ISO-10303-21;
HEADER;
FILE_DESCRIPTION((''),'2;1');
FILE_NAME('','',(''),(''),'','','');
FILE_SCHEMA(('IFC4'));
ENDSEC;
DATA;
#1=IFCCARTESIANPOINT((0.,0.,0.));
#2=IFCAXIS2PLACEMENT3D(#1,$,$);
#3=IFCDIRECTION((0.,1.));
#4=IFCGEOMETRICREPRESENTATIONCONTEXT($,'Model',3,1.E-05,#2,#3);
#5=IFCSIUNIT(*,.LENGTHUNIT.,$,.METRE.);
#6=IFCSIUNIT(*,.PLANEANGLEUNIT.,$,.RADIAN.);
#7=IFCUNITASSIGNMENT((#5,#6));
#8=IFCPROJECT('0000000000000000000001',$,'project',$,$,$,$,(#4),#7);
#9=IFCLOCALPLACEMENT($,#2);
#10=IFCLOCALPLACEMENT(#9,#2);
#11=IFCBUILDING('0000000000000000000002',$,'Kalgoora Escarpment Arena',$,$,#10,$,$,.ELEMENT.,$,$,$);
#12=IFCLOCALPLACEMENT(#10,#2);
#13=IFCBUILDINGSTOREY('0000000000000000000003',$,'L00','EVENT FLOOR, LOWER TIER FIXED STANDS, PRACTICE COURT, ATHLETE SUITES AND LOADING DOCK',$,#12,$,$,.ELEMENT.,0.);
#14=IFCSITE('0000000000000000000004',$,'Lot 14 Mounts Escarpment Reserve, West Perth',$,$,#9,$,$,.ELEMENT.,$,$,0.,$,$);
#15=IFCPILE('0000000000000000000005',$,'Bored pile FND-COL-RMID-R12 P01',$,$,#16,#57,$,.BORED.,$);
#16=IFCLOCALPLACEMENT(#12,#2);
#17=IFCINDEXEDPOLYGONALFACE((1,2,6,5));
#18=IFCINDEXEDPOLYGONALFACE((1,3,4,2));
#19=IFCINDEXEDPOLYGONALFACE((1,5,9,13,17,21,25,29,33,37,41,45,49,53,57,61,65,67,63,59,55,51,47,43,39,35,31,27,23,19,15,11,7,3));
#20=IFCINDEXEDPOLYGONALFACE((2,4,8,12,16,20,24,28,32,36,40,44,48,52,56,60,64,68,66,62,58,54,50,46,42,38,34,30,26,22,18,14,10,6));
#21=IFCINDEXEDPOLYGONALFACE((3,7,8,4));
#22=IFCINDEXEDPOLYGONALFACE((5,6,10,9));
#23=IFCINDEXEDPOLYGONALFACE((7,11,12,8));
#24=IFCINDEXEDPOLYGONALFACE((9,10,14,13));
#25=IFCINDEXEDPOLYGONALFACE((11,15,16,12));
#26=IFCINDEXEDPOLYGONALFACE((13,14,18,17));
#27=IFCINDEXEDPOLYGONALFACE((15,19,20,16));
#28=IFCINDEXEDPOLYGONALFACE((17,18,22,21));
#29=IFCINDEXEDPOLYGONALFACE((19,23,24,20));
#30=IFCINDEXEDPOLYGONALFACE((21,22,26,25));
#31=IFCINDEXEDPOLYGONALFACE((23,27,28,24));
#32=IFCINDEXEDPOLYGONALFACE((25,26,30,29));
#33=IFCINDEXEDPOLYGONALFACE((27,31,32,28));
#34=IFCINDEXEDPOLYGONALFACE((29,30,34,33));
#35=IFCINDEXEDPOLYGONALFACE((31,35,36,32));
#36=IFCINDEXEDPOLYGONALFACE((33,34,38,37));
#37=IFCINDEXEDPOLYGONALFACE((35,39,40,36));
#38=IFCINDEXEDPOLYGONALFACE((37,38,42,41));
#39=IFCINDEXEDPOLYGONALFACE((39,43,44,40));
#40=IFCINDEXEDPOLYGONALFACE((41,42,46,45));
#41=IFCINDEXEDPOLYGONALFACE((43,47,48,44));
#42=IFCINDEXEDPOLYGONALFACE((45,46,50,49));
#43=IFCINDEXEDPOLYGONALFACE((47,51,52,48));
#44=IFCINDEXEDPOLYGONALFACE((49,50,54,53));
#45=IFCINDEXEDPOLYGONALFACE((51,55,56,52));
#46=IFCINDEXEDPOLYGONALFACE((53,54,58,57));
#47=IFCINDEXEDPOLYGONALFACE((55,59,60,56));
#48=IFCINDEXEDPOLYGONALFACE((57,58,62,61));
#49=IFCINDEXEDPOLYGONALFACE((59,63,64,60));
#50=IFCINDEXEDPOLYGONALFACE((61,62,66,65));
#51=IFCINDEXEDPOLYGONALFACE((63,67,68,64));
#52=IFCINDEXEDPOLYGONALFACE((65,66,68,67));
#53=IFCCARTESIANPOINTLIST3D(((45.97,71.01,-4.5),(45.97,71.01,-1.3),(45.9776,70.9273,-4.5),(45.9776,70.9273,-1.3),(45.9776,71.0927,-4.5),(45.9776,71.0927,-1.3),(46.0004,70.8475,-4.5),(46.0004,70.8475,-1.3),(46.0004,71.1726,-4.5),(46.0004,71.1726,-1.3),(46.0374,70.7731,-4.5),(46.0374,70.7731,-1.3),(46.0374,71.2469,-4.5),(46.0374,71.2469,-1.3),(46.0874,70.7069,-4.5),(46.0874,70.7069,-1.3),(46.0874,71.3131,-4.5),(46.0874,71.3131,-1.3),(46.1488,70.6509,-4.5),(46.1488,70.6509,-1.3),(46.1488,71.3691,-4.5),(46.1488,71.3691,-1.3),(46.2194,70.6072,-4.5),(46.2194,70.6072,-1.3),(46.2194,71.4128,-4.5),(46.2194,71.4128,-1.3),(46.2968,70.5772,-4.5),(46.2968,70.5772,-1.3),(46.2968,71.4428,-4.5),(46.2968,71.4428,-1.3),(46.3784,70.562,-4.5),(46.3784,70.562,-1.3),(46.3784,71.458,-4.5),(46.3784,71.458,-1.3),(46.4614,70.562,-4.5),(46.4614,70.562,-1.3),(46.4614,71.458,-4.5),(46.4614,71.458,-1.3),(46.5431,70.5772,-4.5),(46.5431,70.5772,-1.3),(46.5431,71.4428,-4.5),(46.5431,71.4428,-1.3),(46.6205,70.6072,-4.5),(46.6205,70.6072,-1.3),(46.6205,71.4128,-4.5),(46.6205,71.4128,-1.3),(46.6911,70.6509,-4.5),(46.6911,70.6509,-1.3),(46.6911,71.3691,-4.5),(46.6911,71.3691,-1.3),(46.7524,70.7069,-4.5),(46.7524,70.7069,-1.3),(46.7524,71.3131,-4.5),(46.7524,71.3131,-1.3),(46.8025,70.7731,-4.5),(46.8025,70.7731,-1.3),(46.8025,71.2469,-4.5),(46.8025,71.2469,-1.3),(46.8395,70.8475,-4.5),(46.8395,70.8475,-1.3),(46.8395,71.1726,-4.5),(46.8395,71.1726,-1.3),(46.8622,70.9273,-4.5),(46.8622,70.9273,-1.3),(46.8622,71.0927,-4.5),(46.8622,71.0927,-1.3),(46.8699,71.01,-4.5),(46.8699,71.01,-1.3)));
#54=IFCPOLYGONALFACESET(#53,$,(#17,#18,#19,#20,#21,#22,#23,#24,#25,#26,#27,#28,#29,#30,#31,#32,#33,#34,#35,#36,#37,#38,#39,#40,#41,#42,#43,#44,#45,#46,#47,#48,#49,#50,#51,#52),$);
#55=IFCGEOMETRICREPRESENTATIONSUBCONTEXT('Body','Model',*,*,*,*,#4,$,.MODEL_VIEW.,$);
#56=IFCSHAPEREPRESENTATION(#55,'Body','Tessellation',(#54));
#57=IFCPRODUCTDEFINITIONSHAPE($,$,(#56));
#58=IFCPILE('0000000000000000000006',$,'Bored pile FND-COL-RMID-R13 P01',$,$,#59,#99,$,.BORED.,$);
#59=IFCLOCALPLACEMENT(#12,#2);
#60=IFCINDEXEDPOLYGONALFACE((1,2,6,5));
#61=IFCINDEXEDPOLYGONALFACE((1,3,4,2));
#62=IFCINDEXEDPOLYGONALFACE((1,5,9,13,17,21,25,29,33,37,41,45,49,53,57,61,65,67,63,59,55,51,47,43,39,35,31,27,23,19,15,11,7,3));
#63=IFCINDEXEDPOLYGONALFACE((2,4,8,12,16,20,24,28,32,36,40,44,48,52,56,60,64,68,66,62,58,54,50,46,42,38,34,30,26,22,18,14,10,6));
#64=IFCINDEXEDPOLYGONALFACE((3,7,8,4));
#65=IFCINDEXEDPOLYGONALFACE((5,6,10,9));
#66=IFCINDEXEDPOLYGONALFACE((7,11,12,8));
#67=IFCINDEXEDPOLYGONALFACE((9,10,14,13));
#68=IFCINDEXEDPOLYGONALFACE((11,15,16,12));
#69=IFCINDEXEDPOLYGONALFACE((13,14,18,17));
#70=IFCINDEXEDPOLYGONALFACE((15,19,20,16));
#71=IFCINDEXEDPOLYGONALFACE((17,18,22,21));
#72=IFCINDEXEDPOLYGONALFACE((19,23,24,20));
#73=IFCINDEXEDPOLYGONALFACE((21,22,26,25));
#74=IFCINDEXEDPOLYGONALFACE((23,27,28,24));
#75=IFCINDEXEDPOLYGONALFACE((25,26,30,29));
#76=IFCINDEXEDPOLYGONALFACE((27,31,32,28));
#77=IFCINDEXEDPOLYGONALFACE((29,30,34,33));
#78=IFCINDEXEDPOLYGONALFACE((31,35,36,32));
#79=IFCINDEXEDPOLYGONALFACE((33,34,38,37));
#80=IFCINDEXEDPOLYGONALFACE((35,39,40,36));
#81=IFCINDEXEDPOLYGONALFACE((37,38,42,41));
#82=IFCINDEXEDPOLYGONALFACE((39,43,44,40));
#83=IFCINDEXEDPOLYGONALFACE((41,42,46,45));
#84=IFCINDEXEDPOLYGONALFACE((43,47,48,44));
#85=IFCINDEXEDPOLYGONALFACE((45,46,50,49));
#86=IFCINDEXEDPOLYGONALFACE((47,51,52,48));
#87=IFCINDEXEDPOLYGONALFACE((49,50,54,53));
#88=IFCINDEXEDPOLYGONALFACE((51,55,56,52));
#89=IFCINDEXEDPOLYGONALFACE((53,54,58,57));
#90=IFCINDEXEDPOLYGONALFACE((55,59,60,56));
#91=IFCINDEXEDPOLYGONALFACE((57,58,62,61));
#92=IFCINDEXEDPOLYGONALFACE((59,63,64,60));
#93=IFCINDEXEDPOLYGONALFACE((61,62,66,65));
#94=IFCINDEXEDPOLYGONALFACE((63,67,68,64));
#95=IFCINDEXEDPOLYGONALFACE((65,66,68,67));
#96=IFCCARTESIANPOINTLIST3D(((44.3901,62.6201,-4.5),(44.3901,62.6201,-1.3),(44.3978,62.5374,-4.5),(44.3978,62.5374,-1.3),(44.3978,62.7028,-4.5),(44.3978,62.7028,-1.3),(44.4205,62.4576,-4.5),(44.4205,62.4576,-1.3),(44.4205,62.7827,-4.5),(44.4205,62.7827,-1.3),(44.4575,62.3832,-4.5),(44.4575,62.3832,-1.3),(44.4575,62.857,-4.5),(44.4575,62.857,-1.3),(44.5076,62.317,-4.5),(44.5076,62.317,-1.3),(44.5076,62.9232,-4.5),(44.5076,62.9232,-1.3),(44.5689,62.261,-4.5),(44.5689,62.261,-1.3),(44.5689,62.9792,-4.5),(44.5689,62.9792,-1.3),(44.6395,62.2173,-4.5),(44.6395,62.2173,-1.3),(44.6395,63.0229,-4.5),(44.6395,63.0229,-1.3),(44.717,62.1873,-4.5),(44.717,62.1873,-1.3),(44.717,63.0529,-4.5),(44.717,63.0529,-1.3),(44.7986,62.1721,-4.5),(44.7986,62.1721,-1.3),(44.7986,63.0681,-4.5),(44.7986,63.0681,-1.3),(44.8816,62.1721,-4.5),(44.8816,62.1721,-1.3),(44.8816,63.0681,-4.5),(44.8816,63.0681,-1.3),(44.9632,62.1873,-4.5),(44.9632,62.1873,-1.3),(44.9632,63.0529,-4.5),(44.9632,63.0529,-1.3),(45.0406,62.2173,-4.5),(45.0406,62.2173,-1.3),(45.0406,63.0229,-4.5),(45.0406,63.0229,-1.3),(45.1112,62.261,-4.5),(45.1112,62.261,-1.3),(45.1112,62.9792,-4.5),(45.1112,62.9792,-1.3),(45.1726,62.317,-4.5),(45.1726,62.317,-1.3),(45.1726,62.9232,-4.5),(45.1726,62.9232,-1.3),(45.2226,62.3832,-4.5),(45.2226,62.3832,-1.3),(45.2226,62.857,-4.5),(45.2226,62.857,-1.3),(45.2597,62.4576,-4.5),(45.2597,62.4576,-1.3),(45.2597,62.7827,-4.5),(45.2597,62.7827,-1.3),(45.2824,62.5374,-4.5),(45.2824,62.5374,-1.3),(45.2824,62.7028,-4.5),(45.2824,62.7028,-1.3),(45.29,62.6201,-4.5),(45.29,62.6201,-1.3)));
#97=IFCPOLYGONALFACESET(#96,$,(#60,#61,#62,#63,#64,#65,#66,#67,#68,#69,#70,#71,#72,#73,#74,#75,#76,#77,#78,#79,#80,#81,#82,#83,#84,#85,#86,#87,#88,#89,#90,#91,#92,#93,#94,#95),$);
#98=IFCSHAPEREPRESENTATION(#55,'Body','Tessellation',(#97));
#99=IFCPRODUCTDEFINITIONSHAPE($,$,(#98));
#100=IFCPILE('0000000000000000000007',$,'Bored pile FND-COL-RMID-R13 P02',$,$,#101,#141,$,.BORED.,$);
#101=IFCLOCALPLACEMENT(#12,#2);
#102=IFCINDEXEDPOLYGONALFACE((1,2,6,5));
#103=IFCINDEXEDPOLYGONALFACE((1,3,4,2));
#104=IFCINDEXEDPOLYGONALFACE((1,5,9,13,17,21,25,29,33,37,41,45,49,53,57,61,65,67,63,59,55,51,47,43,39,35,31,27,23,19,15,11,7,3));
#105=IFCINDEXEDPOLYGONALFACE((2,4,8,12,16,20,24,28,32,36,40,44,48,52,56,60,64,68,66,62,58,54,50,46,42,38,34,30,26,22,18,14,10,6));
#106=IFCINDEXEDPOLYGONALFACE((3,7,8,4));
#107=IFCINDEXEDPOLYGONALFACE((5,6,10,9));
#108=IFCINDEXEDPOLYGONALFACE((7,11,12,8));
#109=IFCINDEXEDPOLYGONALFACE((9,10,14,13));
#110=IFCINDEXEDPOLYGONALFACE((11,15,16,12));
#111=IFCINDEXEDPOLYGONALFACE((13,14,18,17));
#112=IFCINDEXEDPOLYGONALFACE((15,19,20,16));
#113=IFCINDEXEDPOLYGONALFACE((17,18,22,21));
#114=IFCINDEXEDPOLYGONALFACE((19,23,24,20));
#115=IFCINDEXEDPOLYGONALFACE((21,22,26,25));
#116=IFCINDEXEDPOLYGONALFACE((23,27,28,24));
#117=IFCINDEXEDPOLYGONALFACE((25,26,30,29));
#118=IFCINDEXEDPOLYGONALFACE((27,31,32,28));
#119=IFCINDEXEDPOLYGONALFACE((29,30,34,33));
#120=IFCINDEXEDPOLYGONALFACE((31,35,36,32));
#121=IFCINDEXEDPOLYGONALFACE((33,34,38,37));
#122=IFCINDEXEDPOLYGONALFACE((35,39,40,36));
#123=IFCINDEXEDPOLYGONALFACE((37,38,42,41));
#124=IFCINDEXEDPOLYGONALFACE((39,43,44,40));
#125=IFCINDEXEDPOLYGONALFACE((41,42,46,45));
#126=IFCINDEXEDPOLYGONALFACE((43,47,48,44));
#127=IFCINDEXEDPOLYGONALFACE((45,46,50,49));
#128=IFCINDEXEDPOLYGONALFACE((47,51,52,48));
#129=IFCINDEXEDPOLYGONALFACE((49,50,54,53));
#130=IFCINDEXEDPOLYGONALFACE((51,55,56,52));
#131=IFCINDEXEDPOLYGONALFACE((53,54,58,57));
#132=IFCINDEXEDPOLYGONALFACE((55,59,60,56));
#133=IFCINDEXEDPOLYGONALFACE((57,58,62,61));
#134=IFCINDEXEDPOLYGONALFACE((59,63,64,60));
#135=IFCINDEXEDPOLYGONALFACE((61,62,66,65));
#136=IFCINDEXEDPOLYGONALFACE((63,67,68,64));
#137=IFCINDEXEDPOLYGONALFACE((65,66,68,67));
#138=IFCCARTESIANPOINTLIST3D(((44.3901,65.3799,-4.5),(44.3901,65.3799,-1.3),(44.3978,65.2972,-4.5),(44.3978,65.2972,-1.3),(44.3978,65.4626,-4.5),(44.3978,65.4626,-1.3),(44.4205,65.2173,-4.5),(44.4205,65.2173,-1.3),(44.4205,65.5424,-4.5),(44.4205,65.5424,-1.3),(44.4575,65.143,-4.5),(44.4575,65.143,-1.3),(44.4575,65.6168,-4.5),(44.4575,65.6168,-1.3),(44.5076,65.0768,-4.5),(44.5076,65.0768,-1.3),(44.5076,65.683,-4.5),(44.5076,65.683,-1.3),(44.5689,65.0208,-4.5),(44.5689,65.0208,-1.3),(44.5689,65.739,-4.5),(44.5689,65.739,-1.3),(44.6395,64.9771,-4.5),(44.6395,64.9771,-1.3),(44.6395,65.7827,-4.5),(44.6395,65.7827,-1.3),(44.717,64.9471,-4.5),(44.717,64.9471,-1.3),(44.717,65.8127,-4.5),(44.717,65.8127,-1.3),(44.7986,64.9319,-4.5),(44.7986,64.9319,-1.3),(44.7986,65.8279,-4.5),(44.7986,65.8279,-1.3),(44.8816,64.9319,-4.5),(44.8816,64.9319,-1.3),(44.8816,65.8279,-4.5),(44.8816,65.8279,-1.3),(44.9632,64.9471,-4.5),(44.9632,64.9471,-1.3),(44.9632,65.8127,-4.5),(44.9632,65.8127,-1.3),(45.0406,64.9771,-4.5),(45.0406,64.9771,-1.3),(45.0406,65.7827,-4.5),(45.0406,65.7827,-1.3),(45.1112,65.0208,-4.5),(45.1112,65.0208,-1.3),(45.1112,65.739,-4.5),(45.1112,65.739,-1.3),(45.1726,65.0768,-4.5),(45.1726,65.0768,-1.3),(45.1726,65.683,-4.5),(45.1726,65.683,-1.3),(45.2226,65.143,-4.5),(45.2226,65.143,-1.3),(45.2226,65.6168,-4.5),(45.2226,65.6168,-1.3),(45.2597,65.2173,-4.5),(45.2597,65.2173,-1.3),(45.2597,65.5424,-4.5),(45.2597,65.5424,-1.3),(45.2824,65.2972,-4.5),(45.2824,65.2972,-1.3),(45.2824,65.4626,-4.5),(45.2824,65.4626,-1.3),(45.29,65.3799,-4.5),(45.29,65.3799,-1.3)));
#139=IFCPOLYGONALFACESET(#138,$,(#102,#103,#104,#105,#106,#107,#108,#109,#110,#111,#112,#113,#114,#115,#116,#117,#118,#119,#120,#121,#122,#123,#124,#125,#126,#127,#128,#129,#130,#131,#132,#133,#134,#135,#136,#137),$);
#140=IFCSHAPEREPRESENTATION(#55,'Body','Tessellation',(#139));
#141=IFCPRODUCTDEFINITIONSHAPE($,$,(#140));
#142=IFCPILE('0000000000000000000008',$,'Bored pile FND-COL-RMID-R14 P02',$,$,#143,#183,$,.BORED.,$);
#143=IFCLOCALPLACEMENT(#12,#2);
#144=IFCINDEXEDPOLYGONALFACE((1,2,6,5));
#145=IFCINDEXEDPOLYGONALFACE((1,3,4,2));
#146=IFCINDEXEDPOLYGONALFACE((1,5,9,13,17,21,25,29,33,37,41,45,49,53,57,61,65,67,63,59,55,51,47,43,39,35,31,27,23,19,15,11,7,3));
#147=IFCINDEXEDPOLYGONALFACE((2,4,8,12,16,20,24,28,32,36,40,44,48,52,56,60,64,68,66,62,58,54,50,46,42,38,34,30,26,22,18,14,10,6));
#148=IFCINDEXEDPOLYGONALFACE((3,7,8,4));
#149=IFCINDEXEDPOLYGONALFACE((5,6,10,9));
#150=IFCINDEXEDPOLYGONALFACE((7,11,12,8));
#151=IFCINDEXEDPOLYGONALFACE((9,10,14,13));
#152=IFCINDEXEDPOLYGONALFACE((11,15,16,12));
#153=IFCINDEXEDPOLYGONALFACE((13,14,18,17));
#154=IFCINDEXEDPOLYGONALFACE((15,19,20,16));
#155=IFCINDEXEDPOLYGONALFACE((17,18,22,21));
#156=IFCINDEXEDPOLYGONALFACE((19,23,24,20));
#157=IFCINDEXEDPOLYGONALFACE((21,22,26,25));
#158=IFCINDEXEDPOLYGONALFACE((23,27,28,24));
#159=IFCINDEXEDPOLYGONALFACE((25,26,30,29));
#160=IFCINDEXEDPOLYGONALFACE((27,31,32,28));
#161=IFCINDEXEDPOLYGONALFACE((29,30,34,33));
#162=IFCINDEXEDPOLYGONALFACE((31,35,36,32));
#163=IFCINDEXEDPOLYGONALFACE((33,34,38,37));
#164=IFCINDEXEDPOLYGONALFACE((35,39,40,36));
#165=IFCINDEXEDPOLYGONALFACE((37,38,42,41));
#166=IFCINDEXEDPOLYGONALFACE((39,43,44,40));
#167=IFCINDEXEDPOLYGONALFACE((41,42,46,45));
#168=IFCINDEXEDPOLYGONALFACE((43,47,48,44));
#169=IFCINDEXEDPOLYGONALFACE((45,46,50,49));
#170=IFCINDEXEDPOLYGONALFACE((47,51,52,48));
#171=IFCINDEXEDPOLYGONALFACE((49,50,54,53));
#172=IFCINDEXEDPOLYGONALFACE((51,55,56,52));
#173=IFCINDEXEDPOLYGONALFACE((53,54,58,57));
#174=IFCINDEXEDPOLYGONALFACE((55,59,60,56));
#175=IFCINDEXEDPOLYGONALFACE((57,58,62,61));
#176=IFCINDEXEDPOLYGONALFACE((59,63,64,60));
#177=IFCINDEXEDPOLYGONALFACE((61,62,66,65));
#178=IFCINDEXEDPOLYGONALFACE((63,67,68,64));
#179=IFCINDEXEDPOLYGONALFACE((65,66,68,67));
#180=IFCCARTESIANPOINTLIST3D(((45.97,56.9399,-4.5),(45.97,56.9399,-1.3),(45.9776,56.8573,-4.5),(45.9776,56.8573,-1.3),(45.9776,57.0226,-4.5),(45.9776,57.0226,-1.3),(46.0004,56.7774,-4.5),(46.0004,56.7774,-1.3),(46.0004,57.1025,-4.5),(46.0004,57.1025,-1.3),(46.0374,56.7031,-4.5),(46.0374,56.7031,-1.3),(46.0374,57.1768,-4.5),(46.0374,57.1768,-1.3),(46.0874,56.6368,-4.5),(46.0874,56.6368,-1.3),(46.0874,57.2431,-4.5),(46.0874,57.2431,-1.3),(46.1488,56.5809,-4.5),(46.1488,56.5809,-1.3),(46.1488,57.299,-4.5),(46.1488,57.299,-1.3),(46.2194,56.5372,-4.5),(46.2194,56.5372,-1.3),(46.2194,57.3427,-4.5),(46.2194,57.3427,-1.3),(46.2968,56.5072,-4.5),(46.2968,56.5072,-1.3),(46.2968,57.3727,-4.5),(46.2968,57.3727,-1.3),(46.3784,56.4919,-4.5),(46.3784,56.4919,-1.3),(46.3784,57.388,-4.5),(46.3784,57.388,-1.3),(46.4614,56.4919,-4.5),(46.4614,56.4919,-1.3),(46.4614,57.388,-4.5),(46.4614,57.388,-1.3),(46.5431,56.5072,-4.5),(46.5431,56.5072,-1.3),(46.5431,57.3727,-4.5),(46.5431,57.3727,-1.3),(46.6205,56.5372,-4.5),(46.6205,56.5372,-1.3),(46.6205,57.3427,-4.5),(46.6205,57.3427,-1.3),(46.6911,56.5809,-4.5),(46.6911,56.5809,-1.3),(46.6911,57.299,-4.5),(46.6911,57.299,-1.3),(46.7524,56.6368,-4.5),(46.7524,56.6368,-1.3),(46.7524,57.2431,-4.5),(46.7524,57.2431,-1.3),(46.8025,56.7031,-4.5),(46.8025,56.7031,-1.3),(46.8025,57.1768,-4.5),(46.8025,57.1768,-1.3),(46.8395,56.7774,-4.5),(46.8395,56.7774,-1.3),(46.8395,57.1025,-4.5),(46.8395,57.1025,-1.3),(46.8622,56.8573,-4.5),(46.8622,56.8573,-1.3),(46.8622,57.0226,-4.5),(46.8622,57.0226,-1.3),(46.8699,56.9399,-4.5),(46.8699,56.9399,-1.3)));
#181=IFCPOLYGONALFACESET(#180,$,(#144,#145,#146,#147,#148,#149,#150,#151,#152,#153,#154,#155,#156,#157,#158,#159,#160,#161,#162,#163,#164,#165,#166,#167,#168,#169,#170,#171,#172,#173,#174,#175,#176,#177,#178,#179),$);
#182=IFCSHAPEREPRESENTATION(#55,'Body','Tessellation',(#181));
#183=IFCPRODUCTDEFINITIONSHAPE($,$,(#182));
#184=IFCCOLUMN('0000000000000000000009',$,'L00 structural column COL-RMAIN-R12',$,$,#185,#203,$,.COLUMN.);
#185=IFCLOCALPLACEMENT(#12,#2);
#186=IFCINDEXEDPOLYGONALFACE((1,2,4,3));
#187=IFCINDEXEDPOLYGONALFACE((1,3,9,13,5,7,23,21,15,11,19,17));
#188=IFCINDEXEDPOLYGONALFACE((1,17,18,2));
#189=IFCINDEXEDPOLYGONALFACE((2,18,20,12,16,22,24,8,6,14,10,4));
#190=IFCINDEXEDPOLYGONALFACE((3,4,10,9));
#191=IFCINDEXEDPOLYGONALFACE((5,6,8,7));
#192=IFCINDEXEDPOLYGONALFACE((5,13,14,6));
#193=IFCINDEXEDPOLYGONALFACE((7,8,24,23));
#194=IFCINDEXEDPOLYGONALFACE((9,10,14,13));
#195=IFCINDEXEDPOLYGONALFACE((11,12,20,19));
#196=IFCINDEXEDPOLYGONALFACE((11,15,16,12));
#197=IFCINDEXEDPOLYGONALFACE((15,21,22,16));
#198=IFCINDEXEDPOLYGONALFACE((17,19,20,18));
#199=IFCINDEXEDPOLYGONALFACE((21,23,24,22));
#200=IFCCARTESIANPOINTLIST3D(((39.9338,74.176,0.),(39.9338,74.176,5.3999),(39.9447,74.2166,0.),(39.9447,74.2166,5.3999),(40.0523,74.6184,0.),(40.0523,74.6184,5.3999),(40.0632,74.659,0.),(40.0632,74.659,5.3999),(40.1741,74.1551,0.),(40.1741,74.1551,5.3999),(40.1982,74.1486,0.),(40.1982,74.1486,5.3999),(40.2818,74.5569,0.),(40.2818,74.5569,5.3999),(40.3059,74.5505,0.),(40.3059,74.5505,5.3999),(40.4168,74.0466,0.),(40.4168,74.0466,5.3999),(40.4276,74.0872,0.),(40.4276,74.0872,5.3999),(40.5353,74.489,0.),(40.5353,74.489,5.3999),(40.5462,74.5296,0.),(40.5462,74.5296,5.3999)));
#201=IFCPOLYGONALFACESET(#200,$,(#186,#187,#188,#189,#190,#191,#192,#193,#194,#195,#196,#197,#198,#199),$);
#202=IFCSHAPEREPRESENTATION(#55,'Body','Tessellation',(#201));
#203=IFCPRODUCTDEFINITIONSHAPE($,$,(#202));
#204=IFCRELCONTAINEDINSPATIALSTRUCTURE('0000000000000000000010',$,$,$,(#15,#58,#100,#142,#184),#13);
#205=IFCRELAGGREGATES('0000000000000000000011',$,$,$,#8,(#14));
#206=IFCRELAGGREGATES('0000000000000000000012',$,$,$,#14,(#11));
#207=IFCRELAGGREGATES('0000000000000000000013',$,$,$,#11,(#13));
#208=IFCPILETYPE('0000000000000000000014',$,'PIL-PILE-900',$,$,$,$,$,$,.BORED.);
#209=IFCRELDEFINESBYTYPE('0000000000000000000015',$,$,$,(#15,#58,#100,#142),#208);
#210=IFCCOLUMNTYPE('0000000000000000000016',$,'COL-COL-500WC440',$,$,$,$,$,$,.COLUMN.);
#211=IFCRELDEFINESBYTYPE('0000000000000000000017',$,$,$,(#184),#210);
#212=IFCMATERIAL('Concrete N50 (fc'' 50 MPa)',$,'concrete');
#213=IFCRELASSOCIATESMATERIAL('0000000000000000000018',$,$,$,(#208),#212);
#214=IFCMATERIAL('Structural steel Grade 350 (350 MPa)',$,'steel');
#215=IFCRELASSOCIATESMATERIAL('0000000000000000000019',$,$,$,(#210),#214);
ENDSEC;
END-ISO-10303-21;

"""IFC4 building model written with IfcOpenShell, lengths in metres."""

from ifc_helpers import new_model, si_unit, direction, frame, origin, origin_2d, place, context, subcontext, project, spatial, circle, i_section, extrude, material, material_profile, profile_set, type_object, element, save


model = new_model("IFC4")

# Units and contexts
model_context = context("Model", 3, precision=1e-05, world=origin(), true_north=direction((0.0, 1.0)))
body_context = subcontext(model_context, "Body", "Model", "MODEL_VIEW")
ifc_project = project(units=[si_unit("LENGTHUNIT", "METRE"), si_unit("PLANEANGLEUNIT", "RADIAN")], contexts=[model_context])

# Site, building, storey
site_placement = place(None, origin())
site = spatial("IfcSite", under=ifc_project, at=site_placement, Name="Lot 14 Mounts Escarpment Reserve, West Perth", CompositionType="ELEMENT", RefElevation=0.0)
building_placement = place(site_placement, origin())
building = spatial("IfcBuilding", under=site, at=building_placement, Name="Kalgoora Escarpment Arena", CompositionType="ELEMENT")
storey_placement = place(building_placement, origin())
storey = spatial("IfcBuildingStorey", under=building, at=storey_placement, Name="L00", Description="EVENT FLOOR, LOWER TIER FIXED STANDS, PRACTICE COURT, ATHLETE SUITES AND LOADING DOCK", CompositionType="ELEMENT", Elevation=0.0)

# Piles
ifc_material_1 = material(Name="Concrete N50 (fc' 50 MPa)", Category="concrete")
ifc_material_profile_1 = material_profile(ifc_material_1, circle(Radius=0.45, at=origin_2d()))
ifc_profile_set_1 = profile_set([ifc_material_profile_1], Name="Concrete N50 (fc' 50 MPa)")
pile_type_1 = type_object("IfcPileType", Name="PIL-PILE-900", PredefinedType="BORED", material=ifc_profile_set_1)
for number, where, z_axis, x_axis, name in (
    (1, (46.4199, 71.01, -1.3), (0.0, 0.0, -1.0), (1.0, 0.0, 0.0), "Bored pile FND-COL-RMID-R12 P01"),
    (2, (44.8401, 62.6201, -1.3), (0.0, 0.0, -1.0), (1.0, 0.0, 0.0), "Bored pile FND-COL-RMID-R13 P01"),
    (3, (44.8401, 65.3799, -1.3), (0.0, 0.0, -1.0), (1.0, 0.0, 0.0), "Bored pile FND-COL-RMID-R13 P02"),
    (4, (46.4199, 56.9399, -1.3), (0.0, 0.0, -1.0), (1.0, 0.0, 0.0), "Bored pile FND-COL-RMID-R14 P02"),
):
    element("IfcPile", number, at=place(storey_placement, frame(where, z_axis=z_axis, x_axis=x_axis)), inside=storey, type_object=pile_type_1, Name=name, PredefinedType="BORED", context=body_context, shape_type="SweptSolid", body=[
        extrude(circle(Radius=0.45, at=origin_2d()), origin(), (0.0, 0.0, 1.0), 3.2),
    ])

# Column
ifc_material_2 = material(Name="Structural steel Grade 350 (350 MPa)", Category="steel")
ifc_material_profile_2 = material_profile(ifc_material_2, i_section(OverallWidth=0.5, OverallDepth=0.5, WebThickness=0.0249, FlangeThickness=0.042, at=origin_2d()))
ifc_profile_set_2 = profile_set([ifc_material_profile_2], Name="Structural steel Grade 350 (350 MPa)")
column_type_1 = type_object("IfcColumnType", Name="COL-COL-500WC440", PredefinedType="COLUMN", material=ifc_profile_set_2)
for number, where, z_axis, x_axis, name in (
    (5, (40.24, 74.3528, 0.0), (0.0, 0.0, 1.0), (-0.965926, 0.258819, 0.0), "L00 structural column COL-RMAIN-R12"),
):
    element("IfcColumn", number, at=place(storey_placement, frame(where, z_axis=z_axis, x_axis=x_axis)), inside=storey, type_object=column_type_1, Name=name, PredefinedType="COLUMN", context=body_context, shape_type="SweptSolid", body=[
        extrude(i_section(OverallWidth=0.5, OverallDepth=0.5, WebThickness=0.0249, FlangeThickness=0.042, at=origin_2d()), origin(), (0.0, 0.0, 1.0), 5.3999),
    ])

save(model, "model.ifc")
